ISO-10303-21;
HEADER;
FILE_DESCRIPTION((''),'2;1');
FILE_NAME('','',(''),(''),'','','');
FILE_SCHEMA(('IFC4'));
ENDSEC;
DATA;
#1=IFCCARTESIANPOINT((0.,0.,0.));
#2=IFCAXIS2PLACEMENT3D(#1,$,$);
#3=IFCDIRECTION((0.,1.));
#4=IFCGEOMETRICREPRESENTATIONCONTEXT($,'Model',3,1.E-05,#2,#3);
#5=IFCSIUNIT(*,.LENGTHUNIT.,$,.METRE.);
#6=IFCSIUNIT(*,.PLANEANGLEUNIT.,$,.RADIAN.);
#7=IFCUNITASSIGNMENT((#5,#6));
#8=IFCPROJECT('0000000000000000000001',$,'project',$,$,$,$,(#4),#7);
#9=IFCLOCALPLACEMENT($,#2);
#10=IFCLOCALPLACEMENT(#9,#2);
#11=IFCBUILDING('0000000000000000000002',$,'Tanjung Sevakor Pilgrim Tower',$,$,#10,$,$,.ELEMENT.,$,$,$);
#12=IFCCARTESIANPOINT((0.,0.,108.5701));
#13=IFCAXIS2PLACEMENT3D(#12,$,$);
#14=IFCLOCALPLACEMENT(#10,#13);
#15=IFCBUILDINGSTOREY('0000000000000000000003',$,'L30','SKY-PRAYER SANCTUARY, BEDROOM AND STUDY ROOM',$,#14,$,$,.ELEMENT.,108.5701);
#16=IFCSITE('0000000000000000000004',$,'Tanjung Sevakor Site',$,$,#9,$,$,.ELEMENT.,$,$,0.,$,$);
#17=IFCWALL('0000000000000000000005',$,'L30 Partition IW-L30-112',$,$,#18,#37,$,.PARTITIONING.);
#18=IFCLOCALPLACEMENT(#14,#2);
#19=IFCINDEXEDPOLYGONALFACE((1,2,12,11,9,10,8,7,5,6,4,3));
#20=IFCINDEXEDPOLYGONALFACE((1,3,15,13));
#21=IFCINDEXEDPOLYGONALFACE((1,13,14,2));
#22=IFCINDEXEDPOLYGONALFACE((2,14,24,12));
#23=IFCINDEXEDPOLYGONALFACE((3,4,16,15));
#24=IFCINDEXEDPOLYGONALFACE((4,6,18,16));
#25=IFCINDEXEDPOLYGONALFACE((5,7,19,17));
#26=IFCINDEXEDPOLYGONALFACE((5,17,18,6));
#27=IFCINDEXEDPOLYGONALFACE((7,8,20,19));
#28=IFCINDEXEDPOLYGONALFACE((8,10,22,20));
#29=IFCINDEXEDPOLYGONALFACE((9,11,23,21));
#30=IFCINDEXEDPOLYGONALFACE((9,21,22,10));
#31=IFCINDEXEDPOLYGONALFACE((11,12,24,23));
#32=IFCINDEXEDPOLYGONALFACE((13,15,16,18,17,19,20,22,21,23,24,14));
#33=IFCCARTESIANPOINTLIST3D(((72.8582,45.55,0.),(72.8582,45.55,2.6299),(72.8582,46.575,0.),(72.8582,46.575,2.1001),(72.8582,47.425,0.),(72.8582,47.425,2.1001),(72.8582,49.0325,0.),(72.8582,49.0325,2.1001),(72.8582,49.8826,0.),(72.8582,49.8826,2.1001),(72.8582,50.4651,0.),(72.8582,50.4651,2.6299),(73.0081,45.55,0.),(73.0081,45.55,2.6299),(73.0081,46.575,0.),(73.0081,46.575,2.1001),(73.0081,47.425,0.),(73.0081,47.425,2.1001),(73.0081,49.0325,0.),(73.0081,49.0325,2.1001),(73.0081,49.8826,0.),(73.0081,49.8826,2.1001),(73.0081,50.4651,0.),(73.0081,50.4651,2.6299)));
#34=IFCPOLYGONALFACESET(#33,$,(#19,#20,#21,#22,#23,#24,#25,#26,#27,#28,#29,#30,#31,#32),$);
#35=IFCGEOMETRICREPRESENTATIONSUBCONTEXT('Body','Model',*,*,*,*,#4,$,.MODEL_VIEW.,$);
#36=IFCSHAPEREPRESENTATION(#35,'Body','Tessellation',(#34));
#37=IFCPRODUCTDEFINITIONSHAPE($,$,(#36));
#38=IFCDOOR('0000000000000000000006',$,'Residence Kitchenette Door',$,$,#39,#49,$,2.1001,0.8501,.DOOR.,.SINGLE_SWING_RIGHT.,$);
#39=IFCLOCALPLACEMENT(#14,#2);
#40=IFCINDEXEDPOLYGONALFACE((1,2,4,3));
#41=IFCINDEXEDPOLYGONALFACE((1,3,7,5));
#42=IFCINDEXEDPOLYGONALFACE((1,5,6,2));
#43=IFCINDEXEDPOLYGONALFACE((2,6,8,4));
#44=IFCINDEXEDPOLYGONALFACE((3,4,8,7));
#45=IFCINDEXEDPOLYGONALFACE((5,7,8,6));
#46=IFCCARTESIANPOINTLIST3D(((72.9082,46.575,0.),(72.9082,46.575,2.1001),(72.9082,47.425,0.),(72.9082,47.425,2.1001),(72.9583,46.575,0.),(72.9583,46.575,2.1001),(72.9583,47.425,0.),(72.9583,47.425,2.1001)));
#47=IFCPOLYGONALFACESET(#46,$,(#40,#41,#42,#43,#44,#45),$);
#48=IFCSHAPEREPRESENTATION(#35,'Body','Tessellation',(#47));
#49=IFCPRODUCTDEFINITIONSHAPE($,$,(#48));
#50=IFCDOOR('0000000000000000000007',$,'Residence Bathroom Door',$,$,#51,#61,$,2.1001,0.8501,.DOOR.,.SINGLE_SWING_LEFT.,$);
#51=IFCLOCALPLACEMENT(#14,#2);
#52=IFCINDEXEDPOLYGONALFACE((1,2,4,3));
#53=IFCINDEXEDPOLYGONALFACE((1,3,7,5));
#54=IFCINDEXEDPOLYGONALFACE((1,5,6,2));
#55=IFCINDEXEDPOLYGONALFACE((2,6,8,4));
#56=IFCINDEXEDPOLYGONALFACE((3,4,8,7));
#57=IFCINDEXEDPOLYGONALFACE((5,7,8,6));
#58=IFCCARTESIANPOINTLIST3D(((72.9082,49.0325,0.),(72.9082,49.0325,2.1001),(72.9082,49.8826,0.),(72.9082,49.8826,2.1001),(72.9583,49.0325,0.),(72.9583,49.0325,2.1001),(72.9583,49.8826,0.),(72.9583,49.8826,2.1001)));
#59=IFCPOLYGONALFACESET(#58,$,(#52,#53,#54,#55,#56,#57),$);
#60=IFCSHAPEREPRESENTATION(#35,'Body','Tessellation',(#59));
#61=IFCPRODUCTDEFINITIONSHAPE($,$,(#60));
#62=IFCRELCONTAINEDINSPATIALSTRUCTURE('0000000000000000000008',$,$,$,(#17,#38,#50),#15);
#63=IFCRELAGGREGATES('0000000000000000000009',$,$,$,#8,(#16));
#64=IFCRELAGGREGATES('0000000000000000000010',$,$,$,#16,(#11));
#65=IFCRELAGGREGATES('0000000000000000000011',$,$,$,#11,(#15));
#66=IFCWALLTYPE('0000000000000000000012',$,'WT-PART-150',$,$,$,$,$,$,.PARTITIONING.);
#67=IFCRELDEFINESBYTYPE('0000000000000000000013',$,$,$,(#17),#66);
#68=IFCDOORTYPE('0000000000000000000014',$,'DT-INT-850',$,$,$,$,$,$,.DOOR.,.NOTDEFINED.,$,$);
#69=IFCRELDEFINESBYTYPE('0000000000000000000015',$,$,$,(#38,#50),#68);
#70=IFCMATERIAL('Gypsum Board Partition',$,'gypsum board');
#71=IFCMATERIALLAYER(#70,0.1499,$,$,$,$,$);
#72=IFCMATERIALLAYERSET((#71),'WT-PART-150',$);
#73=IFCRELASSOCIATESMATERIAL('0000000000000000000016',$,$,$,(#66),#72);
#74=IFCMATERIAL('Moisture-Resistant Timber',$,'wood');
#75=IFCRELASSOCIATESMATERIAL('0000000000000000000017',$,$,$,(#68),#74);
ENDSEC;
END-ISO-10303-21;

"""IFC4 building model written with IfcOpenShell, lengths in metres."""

from ifc_helpers import new_model, si_unit, direction, frame, frame_2d, origin, place, context, subcontext, project, spatial, rectangle, extrude, material, layer, layer_set, type_object, element, fill, save


model = new_model("IFC4")

# Units and contexts
model_context = context("Model", 3, precision=1e-05, world=origin(), true_north=direction((0.0, 1.0)))
body_context = subcontext(model_context, "Body", "Model", "MODEL_VIEW")
ifc_project = project(units=[si_unit("LENGTHUNIT", "METRE"), si_unit("PLANEANGLEUNIT", "RADIAN")], contexts=[model_context])

# Site, building, storey
site_placement = place(None, origin())
site = spatial("IfcSite", under=ifc_project, at=site_placement, Name="Tanjung Sevakor Site", CompositionType="ELEMENT", RefElevation=0.0)
building_placement = place(site_placement, origin())
building = spatial("IfcBuilding", under=site, at=building_placement, Name="Tanjung Sevakor Pilgrim Tower", CompositionType="ELEMENT")
storey_placement = place(building_placement, frame((0.0, 0.0, 108.5701)))
storey = spatial("IfcBuildingStorey", under=building, at=storey_placement, Name="L30", Description="SKY-PRAYER SANCTUARY, BEDROOM AND STUDY ROOM", CompositionType="ELEMENT", Elevation=108.5701)

# Wall, openings, doors
ifc_material_1 = material(Name="Gypsum Board Partition", Category="gypsum board")
ifc_layer_1 = layer(ifc_material_1, 0.1499)
ifc_layer_set_1 = layer_set([ifc_layer_1], Name="WT-PART-150")
wall_type_1 = type_object("IfcWallType", Name="WT-PART-150", PredefinedType="PARTITIONING", material=ifc_layer_set_1)
wall_1_placement = place(storey_placement, frame((72.9331, 45.55, 0.0), z_axis=(0.0, 0.0, 1.0), x_axis=(0.0, 1.0, 0.0)))
wall_1 = element("IfcWall", 1, at=wall_1_placement, inside=storey, type_object=wall_type_1, Name="L30 Partition IW-L30-112", PredefinedType="PARTITIONING", context=body_context, shape_type="SweptSolid", body=[
    extrude(rectangle(XDim=4.915, YDim=0.1499, at=frame_2d((2.4575, 0.0))), origin(), (0.0, 0.0, 1.0), 2.6299),
])
opening_1_placement = place(wall_1_placement, frame((1.0249, 0.0, 0.0)))
opening_1 = element("IfcOpeningElement", 2, at=opening_1_placement, cuts=wall_1, PredefinedType="OPENING", context=body_context, shape_type="SweptSolid", body=[
    extrude(rectangle(XDim=0.8501, YDim=2.1001, at=frame_2d((0.425, 1.05))), frame((0.0, 0.085, 0.0), z_axis=(0.0, -1.0, 0.0), x_axis=(1.0, 0.0, 0.0)), (0.0, 0.0, 1.0), 0.1699),
])
opening_2_placement = place(wall_1_placement, frame((3.4824, 0.0, 0.0)))
opening_2 = element("IfcOpeningElement", 3, at=opening_2_placement, cuts=wall_1, PredefinedType="OPENING", context=body_context, shape_type="SweptSolid", body=[
    extrude(rectangle(XDim=0.8501, YDim=2.1001, at=frame_2d((0.425, 1.05))), frame((0.0, 0.085, 0.0), z_axis=(0.0, -1.0, 0.0), x_axis=(1.0, 0.0, 0.0)), (0.0, 0.0, 1.0), 0.1699),
])
ifc_material_2 = material(Name="Moisture-Resistant Timber", Category="wood")
door_type_1 = type_object("IfcDoorType", Name="DT-INT-850", OperationType="NOTDEFINED", PredefinedType="DOOR", material=ifc_material_2)
door_1_placement = place(opening_1_placement, origin())
door_1 = element("IfcDoor", 4, at=door_1_placement, inside=storey, type_object=door_type_1, Name="Residence Kitchenette Door", OperationType="SINGLE_SWING_RIGHT", OverallHeight=2.1001, OverallWidth=0.8501, PredefinedType="DOOR", context=body_context, shape_type="SweptSolid", body=[
    extrude(rectangle(XDim=0.8501, YDim=2.1001, at=frame_2d((0.425, 1.05))), frame((0.0, 0.0249, 0.0), z_axis=(0.0, -1.0, 0.0), x_axis=(1.0, 0.0, 0.0)), (0.0, 0.0, 1.0), 0.05),
])
fill(opening_1, door_1)
door_2_placement = place(opening_2_placement, origin())
door_2 = element("IfcDoor", 5, at=door_2_placement, inside=storey, type_object=door_type_1, Name="Residence Bathroom Door", OperationType="SINGLE_SWING_LEFT", OverallHeight=2.1001, OverallWidth=0.8501, PredefinedType="DOOR", context=body_context, shape_type="SweptSolid", body=[
    extrude(rectangle(XDim=0.8501, YDim=2.1001, at=frame_2d((0.425, 1.05))), frame((0.0, 0.0249, 0.0), z_axis=(0.0, -1.0, 0.0), x_axis=(1.0, 0.0, 0.0)), (0.0, 0.0, 1.0), 0.05),
])
fill(opening_2, door_2)

save(model, "model.ifc")
